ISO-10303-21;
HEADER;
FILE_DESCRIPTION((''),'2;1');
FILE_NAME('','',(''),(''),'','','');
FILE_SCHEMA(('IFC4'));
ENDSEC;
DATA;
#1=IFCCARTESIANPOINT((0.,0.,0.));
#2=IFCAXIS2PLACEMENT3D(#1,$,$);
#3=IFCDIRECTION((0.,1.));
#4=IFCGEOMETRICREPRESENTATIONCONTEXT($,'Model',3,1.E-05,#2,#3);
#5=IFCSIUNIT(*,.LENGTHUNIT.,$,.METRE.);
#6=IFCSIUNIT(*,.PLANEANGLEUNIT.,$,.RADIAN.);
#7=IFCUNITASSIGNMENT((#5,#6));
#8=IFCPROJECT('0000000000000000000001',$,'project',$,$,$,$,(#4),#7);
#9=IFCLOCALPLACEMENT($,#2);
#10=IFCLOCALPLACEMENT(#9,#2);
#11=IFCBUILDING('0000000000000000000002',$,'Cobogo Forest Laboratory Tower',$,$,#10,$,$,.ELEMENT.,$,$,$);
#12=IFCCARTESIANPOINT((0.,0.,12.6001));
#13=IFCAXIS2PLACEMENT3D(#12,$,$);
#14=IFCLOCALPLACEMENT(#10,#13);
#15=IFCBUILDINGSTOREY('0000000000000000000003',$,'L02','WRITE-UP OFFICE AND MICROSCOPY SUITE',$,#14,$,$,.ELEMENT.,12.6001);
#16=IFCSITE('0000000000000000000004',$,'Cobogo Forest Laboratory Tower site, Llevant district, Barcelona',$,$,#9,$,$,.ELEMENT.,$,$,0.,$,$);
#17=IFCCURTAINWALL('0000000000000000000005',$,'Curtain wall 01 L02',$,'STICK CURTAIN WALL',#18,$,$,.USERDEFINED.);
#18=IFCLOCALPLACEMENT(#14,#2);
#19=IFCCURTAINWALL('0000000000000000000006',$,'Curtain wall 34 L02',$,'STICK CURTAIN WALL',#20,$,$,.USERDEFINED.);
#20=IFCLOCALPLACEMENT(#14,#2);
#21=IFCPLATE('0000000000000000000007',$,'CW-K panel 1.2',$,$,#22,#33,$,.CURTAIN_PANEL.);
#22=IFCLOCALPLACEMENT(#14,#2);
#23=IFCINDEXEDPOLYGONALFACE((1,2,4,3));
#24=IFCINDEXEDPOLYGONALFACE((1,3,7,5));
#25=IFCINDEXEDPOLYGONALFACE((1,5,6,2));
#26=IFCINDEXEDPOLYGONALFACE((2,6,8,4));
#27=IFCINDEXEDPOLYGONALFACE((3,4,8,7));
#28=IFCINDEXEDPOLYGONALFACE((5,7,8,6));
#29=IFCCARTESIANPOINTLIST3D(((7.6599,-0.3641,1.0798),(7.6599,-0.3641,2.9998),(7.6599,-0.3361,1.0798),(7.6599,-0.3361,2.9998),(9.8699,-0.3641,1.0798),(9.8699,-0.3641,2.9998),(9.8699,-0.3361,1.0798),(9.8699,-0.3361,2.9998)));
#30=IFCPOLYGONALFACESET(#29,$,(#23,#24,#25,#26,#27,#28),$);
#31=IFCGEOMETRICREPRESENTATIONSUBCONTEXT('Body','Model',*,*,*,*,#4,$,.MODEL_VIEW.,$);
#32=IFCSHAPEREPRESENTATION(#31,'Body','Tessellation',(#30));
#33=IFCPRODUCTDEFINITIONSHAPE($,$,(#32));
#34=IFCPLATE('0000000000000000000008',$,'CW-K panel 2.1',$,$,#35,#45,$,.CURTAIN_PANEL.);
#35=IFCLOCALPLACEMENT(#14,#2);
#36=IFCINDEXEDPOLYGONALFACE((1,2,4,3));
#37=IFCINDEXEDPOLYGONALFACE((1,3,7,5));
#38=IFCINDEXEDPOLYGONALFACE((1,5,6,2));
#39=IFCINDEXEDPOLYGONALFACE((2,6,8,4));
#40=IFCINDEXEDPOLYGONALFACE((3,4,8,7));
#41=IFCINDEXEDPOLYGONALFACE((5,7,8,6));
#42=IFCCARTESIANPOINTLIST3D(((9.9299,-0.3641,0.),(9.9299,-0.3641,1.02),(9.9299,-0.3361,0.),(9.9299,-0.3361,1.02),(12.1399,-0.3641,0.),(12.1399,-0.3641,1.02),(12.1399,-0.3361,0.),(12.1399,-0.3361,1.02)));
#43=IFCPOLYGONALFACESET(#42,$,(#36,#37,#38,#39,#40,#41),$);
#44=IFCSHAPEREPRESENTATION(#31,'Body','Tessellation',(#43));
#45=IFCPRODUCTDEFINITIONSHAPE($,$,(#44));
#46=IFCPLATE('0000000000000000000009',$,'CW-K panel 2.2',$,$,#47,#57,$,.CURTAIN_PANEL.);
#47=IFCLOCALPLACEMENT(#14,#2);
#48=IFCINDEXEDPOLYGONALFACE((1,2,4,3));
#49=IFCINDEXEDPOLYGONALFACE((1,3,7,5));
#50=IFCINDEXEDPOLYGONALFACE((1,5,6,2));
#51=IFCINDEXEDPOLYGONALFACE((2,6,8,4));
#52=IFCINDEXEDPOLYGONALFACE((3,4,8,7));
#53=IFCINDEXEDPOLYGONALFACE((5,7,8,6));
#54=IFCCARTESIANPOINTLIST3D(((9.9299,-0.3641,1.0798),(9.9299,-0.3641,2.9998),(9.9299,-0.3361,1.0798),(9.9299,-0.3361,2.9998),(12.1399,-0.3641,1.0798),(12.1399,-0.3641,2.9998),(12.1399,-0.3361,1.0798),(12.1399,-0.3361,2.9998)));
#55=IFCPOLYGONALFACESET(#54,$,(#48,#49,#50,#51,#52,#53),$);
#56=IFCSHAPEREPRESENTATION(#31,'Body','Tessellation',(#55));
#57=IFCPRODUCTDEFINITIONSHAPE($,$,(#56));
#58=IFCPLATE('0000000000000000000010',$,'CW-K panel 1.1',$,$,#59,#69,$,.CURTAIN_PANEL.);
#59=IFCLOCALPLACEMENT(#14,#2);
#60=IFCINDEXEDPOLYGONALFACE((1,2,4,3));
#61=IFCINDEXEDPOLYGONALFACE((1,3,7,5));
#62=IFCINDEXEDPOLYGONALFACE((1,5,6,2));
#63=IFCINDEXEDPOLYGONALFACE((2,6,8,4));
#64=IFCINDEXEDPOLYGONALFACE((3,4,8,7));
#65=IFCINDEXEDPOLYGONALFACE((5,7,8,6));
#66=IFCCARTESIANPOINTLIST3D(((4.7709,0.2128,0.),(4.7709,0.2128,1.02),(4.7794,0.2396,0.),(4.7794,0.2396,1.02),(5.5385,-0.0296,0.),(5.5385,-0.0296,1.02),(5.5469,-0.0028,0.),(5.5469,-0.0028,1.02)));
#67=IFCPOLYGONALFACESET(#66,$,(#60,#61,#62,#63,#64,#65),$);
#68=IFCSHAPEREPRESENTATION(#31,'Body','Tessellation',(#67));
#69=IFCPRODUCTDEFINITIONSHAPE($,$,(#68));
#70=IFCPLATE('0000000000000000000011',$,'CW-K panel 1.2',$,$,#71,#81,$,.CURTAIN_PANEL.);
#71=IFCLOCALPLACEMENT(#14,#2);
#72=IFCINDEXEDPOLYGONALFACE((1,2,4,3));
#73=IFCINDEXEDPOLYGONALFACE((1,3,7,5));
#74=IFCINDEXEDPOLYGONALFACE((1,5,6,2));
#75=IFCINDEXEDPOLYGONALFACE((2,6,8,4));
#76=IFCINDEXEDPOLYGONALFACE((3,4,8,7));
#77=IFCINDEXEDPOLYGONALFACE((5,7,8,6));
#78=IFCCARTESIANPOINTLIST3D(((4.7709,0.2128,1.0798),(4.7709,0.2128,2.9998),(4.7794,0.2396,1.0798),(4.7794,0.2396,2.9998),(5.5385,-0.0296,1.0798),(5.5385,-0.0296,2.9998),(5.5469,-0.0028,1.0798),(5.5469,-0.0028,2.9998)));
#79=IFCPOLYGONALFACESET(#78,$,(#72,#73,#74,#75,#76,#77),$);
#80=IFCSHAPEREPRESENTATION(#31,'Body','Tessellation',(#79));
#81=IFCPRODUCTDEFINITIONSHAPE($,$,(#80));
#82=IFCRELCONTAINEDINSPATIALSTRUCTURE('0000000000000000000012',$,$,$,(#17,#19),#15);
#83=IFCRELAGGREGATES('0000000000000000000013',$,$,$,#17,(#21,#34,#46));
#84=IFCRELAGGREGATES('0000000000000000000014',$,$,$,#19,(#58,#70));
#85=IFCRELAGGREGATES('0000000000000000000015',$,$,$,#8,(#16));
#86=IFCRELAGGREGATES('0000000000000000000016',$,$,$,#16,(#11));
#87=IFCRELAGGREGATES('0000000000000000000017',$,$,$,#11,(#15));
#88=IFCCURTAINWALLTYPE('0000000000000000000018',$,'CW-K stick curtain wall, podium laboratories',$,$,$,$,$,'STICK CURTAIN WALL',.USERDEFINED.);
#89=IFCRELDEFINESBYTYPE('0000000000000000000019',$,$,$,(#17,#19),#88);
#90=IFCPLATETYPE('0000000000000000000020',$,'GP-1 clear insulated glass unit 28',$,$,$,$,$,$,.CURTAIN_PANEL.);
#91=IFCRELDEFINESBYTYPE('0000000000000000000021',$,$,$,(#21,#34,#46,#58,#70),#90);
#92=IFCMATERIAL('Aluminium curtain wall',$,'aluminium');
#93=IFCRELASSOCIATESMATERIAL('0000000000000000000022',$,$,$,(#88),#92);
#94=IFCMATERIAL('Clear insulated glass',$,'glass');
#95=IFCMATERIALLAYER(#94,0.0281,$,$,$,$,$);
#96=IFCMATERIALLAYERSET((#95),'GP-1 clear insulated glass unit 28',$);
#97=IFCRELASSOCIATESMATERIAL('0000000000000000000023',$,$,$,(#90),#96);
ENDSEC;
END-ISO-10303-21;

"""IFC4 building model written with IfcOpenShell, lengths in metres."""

from ifc_helpers import new_model, si_unit, direction, frame, origin, origin_2d, place, context, subcontext, project, spatial, rectangle, extrude, material, layer, layer_set, type_object, element, aggregate, save


model = new_model("IFC4")

# Units and contexts
model_context = context("Model", 3, precision=1e-05, world=origin(), true_north=direction((0.0, 1.0)))
body_context = subcontext(model_context, "Body", "Model", "MODEL_VIEW")
ifc_project = project(units=[si_unit("LENGTHUNIT", "METRE"), si_unit("PLANEANGLEUNIT", "RADIAN")], contexts=[model_context])

# Site, building, storey
site_placement = place(None, origin())
site = spatial("IfcSite", under=ifc_project, at=site_placement, Name="Cobogo Forest Laboratory Tower site, Llevant district, Barcelona", CompositionType="ELEMENT", RefElevation=0.0)
building_placement = place(site_placement, origin())
building = spatial("IfcBuilding", under=site, at=building_placement, Name="Cobogo Forest Laboratory Tower", CompositionType="ELEMENT")
storey_placement = place(building_placement, frame((0.0, 0.0, 12.6001)))
storey = spatial("IfcBuildingStorey", under=building, at=storey_placement, Name="L02", Description="WRITE-UP OFFICE AND MICROSCOPY SUITE", CompositionType="ELEMENT", Elevation=12.6001)

# Curtain wall
ifc_material_1 = material(Name="Aluminium curtain wall", Category="aluminium")
curtain_wall_type = type_object("IfcCurtainWallType", Name="CW-K stick curtain wall, podium laboratories", ElementType="STICK CURTAIN WALL", PredefinedType="USERDEFINED", material=ifc_material_1)
curtain_wall_1_placement = place(storey_placement, origin())
curtain_wall_1 = element("IfcCurtainWall", 1, at=curtain_wall_1_placement, inside=storey, type_object=curtain_wall_type, Name="Curtain wall 01 L02", ObjectType="STICK CURTAIN WALL", PredefinedType="USERDEFINED")

# Curtain wall
curtain_wall_2_placement = place(storey_placement, origin())
curtain_wall_2 = element("IfcCurtainWall", 2, at=curtain_wall_2_placement, inside=storey, type_object=curtain_wall_type, Name="Curtain wall 34 L02", ObjectType="STICK CURTAIN WALL", PredefinedType="USERDEFINED")

# Plates
ifc_material_2 = material(Name="Clear insulated glass", Category="glass")
ifc_layer_1 = layer(ifc_material_2, 0.0281)
ifc_layer_set_1 = layer_set([ifc_layer_1], Name="GP-1 clear insulated glass unit 28")
plate_type_1 = type_object("IfcPlateType", Name="GP-1 clear insulated glass unit 28", PredefinedType="CURTAIN_PANEL", material=ifc_layer_set_1)
plate_1_placement = place(storey_placement, frame((8.7649, -0.3501, 1.0798), z_axis=(0.0, 0.0, 1.0), x_axis=(1.0, 0.0, 0.0)))
plate_1 = element("IfcPlate", 3, at=plate_1_placement, type_object=plate_type_1, Name="CW-K panel 1.2", PredefinedType="CURTAIN_PANEL", context=body_context, shape_type="SweptSolid", body=[
    extrude(rectangle(XDim=2.21, YDim=0.0281, at=origin_2d()), origin(), (0.0, 0.0, 1.0), 1.9199),
])
plate_2_placement = place(storey_placement, frame((11.0349, -0.3501, 0.0), z_axis=(0.0, 0.0, 1.0), x_axis=(1.0, 0.0, 0.0)))
plate_2 = element("IfcPlate", 4, at=plate_2_placement, type_object=plate_type_1, Name="CW-K panel 2.1", PredefinedType="CURTAIN_PANEL", context=body_context, shape_type="SweptSolid", body=[
    extrude(rectangle(XDim=2.21, YDim=0.0281, at=origin_2d()), origin(), (0.0, 0.0, 1.0), 1.02),
])
plate_3_placement = place(storey_placement, frame((11.0349, -0.3501, 1.0798), z_axis=(0.0, 0.0, 1.0), x_axis=(1.0, 0.0, 0.0)))
plate_3 = element("IfcPlate", 5, at=plate_3_placement, type_object=plate_type_1, Name="CW-K panel 2.2", PredefinedType="CURTAIN_PANEL", context=body_context, shape_type="SweptSolid", body=[
    extrude(rectangle(XDim=2.21, YDim=0.0281, at=origin_2d()), origin(), (0.0, 0.0, 1.0), 1.9199),
])
aggregate(curtain_wall_1, [plate_1, plate_2, plate_3])
plate_4_placement = place(storey_placement, frame((5.1589, 0.105, 0.0), z_axis=(0.0, 0.0, 1.0), x_axis=(0.953581, -0.301135, 0.0)))
plate_4 = element("IfcPlate", 6, at=plate_4_placement, type_object=plate_type_1, Name="CW-K panel 1.1", PredefinedType="CURTAIN_PANEL", context=body_context, shape_type="SweptSolid", body=[
    extrude(rectangle(XDim=0.8049, YDim=0.0281, at=origin_2d()), origin(), (0.0, 0.0, 1.0), 1.02),
])
plate_5_placement = place(storey_placement, frame((5.1589, 0.105, 1.0798), z_axis=(0.0, 0.0, 1.0), x_axis=(0.953581, -0.301135, 0.0)))
plate_5 = element("IfcPlate", 7, at=plate_5_placement, type_object=plate_type_1, Name="CW-K panel 1.2", PredefinedType="CURTAIN_PANEL", context=body_context, shape_type="SweptSolid", body=[
    extrude(rectangle(XDim=0.8049, YDim=0.0281, at=origin_2d()), origin(), (0.0, 0.0, 1.0), 1.9199),
])
aggregate(curtain_wall_2, [plate_4, plate_5])

save(model, "model.ifc")
